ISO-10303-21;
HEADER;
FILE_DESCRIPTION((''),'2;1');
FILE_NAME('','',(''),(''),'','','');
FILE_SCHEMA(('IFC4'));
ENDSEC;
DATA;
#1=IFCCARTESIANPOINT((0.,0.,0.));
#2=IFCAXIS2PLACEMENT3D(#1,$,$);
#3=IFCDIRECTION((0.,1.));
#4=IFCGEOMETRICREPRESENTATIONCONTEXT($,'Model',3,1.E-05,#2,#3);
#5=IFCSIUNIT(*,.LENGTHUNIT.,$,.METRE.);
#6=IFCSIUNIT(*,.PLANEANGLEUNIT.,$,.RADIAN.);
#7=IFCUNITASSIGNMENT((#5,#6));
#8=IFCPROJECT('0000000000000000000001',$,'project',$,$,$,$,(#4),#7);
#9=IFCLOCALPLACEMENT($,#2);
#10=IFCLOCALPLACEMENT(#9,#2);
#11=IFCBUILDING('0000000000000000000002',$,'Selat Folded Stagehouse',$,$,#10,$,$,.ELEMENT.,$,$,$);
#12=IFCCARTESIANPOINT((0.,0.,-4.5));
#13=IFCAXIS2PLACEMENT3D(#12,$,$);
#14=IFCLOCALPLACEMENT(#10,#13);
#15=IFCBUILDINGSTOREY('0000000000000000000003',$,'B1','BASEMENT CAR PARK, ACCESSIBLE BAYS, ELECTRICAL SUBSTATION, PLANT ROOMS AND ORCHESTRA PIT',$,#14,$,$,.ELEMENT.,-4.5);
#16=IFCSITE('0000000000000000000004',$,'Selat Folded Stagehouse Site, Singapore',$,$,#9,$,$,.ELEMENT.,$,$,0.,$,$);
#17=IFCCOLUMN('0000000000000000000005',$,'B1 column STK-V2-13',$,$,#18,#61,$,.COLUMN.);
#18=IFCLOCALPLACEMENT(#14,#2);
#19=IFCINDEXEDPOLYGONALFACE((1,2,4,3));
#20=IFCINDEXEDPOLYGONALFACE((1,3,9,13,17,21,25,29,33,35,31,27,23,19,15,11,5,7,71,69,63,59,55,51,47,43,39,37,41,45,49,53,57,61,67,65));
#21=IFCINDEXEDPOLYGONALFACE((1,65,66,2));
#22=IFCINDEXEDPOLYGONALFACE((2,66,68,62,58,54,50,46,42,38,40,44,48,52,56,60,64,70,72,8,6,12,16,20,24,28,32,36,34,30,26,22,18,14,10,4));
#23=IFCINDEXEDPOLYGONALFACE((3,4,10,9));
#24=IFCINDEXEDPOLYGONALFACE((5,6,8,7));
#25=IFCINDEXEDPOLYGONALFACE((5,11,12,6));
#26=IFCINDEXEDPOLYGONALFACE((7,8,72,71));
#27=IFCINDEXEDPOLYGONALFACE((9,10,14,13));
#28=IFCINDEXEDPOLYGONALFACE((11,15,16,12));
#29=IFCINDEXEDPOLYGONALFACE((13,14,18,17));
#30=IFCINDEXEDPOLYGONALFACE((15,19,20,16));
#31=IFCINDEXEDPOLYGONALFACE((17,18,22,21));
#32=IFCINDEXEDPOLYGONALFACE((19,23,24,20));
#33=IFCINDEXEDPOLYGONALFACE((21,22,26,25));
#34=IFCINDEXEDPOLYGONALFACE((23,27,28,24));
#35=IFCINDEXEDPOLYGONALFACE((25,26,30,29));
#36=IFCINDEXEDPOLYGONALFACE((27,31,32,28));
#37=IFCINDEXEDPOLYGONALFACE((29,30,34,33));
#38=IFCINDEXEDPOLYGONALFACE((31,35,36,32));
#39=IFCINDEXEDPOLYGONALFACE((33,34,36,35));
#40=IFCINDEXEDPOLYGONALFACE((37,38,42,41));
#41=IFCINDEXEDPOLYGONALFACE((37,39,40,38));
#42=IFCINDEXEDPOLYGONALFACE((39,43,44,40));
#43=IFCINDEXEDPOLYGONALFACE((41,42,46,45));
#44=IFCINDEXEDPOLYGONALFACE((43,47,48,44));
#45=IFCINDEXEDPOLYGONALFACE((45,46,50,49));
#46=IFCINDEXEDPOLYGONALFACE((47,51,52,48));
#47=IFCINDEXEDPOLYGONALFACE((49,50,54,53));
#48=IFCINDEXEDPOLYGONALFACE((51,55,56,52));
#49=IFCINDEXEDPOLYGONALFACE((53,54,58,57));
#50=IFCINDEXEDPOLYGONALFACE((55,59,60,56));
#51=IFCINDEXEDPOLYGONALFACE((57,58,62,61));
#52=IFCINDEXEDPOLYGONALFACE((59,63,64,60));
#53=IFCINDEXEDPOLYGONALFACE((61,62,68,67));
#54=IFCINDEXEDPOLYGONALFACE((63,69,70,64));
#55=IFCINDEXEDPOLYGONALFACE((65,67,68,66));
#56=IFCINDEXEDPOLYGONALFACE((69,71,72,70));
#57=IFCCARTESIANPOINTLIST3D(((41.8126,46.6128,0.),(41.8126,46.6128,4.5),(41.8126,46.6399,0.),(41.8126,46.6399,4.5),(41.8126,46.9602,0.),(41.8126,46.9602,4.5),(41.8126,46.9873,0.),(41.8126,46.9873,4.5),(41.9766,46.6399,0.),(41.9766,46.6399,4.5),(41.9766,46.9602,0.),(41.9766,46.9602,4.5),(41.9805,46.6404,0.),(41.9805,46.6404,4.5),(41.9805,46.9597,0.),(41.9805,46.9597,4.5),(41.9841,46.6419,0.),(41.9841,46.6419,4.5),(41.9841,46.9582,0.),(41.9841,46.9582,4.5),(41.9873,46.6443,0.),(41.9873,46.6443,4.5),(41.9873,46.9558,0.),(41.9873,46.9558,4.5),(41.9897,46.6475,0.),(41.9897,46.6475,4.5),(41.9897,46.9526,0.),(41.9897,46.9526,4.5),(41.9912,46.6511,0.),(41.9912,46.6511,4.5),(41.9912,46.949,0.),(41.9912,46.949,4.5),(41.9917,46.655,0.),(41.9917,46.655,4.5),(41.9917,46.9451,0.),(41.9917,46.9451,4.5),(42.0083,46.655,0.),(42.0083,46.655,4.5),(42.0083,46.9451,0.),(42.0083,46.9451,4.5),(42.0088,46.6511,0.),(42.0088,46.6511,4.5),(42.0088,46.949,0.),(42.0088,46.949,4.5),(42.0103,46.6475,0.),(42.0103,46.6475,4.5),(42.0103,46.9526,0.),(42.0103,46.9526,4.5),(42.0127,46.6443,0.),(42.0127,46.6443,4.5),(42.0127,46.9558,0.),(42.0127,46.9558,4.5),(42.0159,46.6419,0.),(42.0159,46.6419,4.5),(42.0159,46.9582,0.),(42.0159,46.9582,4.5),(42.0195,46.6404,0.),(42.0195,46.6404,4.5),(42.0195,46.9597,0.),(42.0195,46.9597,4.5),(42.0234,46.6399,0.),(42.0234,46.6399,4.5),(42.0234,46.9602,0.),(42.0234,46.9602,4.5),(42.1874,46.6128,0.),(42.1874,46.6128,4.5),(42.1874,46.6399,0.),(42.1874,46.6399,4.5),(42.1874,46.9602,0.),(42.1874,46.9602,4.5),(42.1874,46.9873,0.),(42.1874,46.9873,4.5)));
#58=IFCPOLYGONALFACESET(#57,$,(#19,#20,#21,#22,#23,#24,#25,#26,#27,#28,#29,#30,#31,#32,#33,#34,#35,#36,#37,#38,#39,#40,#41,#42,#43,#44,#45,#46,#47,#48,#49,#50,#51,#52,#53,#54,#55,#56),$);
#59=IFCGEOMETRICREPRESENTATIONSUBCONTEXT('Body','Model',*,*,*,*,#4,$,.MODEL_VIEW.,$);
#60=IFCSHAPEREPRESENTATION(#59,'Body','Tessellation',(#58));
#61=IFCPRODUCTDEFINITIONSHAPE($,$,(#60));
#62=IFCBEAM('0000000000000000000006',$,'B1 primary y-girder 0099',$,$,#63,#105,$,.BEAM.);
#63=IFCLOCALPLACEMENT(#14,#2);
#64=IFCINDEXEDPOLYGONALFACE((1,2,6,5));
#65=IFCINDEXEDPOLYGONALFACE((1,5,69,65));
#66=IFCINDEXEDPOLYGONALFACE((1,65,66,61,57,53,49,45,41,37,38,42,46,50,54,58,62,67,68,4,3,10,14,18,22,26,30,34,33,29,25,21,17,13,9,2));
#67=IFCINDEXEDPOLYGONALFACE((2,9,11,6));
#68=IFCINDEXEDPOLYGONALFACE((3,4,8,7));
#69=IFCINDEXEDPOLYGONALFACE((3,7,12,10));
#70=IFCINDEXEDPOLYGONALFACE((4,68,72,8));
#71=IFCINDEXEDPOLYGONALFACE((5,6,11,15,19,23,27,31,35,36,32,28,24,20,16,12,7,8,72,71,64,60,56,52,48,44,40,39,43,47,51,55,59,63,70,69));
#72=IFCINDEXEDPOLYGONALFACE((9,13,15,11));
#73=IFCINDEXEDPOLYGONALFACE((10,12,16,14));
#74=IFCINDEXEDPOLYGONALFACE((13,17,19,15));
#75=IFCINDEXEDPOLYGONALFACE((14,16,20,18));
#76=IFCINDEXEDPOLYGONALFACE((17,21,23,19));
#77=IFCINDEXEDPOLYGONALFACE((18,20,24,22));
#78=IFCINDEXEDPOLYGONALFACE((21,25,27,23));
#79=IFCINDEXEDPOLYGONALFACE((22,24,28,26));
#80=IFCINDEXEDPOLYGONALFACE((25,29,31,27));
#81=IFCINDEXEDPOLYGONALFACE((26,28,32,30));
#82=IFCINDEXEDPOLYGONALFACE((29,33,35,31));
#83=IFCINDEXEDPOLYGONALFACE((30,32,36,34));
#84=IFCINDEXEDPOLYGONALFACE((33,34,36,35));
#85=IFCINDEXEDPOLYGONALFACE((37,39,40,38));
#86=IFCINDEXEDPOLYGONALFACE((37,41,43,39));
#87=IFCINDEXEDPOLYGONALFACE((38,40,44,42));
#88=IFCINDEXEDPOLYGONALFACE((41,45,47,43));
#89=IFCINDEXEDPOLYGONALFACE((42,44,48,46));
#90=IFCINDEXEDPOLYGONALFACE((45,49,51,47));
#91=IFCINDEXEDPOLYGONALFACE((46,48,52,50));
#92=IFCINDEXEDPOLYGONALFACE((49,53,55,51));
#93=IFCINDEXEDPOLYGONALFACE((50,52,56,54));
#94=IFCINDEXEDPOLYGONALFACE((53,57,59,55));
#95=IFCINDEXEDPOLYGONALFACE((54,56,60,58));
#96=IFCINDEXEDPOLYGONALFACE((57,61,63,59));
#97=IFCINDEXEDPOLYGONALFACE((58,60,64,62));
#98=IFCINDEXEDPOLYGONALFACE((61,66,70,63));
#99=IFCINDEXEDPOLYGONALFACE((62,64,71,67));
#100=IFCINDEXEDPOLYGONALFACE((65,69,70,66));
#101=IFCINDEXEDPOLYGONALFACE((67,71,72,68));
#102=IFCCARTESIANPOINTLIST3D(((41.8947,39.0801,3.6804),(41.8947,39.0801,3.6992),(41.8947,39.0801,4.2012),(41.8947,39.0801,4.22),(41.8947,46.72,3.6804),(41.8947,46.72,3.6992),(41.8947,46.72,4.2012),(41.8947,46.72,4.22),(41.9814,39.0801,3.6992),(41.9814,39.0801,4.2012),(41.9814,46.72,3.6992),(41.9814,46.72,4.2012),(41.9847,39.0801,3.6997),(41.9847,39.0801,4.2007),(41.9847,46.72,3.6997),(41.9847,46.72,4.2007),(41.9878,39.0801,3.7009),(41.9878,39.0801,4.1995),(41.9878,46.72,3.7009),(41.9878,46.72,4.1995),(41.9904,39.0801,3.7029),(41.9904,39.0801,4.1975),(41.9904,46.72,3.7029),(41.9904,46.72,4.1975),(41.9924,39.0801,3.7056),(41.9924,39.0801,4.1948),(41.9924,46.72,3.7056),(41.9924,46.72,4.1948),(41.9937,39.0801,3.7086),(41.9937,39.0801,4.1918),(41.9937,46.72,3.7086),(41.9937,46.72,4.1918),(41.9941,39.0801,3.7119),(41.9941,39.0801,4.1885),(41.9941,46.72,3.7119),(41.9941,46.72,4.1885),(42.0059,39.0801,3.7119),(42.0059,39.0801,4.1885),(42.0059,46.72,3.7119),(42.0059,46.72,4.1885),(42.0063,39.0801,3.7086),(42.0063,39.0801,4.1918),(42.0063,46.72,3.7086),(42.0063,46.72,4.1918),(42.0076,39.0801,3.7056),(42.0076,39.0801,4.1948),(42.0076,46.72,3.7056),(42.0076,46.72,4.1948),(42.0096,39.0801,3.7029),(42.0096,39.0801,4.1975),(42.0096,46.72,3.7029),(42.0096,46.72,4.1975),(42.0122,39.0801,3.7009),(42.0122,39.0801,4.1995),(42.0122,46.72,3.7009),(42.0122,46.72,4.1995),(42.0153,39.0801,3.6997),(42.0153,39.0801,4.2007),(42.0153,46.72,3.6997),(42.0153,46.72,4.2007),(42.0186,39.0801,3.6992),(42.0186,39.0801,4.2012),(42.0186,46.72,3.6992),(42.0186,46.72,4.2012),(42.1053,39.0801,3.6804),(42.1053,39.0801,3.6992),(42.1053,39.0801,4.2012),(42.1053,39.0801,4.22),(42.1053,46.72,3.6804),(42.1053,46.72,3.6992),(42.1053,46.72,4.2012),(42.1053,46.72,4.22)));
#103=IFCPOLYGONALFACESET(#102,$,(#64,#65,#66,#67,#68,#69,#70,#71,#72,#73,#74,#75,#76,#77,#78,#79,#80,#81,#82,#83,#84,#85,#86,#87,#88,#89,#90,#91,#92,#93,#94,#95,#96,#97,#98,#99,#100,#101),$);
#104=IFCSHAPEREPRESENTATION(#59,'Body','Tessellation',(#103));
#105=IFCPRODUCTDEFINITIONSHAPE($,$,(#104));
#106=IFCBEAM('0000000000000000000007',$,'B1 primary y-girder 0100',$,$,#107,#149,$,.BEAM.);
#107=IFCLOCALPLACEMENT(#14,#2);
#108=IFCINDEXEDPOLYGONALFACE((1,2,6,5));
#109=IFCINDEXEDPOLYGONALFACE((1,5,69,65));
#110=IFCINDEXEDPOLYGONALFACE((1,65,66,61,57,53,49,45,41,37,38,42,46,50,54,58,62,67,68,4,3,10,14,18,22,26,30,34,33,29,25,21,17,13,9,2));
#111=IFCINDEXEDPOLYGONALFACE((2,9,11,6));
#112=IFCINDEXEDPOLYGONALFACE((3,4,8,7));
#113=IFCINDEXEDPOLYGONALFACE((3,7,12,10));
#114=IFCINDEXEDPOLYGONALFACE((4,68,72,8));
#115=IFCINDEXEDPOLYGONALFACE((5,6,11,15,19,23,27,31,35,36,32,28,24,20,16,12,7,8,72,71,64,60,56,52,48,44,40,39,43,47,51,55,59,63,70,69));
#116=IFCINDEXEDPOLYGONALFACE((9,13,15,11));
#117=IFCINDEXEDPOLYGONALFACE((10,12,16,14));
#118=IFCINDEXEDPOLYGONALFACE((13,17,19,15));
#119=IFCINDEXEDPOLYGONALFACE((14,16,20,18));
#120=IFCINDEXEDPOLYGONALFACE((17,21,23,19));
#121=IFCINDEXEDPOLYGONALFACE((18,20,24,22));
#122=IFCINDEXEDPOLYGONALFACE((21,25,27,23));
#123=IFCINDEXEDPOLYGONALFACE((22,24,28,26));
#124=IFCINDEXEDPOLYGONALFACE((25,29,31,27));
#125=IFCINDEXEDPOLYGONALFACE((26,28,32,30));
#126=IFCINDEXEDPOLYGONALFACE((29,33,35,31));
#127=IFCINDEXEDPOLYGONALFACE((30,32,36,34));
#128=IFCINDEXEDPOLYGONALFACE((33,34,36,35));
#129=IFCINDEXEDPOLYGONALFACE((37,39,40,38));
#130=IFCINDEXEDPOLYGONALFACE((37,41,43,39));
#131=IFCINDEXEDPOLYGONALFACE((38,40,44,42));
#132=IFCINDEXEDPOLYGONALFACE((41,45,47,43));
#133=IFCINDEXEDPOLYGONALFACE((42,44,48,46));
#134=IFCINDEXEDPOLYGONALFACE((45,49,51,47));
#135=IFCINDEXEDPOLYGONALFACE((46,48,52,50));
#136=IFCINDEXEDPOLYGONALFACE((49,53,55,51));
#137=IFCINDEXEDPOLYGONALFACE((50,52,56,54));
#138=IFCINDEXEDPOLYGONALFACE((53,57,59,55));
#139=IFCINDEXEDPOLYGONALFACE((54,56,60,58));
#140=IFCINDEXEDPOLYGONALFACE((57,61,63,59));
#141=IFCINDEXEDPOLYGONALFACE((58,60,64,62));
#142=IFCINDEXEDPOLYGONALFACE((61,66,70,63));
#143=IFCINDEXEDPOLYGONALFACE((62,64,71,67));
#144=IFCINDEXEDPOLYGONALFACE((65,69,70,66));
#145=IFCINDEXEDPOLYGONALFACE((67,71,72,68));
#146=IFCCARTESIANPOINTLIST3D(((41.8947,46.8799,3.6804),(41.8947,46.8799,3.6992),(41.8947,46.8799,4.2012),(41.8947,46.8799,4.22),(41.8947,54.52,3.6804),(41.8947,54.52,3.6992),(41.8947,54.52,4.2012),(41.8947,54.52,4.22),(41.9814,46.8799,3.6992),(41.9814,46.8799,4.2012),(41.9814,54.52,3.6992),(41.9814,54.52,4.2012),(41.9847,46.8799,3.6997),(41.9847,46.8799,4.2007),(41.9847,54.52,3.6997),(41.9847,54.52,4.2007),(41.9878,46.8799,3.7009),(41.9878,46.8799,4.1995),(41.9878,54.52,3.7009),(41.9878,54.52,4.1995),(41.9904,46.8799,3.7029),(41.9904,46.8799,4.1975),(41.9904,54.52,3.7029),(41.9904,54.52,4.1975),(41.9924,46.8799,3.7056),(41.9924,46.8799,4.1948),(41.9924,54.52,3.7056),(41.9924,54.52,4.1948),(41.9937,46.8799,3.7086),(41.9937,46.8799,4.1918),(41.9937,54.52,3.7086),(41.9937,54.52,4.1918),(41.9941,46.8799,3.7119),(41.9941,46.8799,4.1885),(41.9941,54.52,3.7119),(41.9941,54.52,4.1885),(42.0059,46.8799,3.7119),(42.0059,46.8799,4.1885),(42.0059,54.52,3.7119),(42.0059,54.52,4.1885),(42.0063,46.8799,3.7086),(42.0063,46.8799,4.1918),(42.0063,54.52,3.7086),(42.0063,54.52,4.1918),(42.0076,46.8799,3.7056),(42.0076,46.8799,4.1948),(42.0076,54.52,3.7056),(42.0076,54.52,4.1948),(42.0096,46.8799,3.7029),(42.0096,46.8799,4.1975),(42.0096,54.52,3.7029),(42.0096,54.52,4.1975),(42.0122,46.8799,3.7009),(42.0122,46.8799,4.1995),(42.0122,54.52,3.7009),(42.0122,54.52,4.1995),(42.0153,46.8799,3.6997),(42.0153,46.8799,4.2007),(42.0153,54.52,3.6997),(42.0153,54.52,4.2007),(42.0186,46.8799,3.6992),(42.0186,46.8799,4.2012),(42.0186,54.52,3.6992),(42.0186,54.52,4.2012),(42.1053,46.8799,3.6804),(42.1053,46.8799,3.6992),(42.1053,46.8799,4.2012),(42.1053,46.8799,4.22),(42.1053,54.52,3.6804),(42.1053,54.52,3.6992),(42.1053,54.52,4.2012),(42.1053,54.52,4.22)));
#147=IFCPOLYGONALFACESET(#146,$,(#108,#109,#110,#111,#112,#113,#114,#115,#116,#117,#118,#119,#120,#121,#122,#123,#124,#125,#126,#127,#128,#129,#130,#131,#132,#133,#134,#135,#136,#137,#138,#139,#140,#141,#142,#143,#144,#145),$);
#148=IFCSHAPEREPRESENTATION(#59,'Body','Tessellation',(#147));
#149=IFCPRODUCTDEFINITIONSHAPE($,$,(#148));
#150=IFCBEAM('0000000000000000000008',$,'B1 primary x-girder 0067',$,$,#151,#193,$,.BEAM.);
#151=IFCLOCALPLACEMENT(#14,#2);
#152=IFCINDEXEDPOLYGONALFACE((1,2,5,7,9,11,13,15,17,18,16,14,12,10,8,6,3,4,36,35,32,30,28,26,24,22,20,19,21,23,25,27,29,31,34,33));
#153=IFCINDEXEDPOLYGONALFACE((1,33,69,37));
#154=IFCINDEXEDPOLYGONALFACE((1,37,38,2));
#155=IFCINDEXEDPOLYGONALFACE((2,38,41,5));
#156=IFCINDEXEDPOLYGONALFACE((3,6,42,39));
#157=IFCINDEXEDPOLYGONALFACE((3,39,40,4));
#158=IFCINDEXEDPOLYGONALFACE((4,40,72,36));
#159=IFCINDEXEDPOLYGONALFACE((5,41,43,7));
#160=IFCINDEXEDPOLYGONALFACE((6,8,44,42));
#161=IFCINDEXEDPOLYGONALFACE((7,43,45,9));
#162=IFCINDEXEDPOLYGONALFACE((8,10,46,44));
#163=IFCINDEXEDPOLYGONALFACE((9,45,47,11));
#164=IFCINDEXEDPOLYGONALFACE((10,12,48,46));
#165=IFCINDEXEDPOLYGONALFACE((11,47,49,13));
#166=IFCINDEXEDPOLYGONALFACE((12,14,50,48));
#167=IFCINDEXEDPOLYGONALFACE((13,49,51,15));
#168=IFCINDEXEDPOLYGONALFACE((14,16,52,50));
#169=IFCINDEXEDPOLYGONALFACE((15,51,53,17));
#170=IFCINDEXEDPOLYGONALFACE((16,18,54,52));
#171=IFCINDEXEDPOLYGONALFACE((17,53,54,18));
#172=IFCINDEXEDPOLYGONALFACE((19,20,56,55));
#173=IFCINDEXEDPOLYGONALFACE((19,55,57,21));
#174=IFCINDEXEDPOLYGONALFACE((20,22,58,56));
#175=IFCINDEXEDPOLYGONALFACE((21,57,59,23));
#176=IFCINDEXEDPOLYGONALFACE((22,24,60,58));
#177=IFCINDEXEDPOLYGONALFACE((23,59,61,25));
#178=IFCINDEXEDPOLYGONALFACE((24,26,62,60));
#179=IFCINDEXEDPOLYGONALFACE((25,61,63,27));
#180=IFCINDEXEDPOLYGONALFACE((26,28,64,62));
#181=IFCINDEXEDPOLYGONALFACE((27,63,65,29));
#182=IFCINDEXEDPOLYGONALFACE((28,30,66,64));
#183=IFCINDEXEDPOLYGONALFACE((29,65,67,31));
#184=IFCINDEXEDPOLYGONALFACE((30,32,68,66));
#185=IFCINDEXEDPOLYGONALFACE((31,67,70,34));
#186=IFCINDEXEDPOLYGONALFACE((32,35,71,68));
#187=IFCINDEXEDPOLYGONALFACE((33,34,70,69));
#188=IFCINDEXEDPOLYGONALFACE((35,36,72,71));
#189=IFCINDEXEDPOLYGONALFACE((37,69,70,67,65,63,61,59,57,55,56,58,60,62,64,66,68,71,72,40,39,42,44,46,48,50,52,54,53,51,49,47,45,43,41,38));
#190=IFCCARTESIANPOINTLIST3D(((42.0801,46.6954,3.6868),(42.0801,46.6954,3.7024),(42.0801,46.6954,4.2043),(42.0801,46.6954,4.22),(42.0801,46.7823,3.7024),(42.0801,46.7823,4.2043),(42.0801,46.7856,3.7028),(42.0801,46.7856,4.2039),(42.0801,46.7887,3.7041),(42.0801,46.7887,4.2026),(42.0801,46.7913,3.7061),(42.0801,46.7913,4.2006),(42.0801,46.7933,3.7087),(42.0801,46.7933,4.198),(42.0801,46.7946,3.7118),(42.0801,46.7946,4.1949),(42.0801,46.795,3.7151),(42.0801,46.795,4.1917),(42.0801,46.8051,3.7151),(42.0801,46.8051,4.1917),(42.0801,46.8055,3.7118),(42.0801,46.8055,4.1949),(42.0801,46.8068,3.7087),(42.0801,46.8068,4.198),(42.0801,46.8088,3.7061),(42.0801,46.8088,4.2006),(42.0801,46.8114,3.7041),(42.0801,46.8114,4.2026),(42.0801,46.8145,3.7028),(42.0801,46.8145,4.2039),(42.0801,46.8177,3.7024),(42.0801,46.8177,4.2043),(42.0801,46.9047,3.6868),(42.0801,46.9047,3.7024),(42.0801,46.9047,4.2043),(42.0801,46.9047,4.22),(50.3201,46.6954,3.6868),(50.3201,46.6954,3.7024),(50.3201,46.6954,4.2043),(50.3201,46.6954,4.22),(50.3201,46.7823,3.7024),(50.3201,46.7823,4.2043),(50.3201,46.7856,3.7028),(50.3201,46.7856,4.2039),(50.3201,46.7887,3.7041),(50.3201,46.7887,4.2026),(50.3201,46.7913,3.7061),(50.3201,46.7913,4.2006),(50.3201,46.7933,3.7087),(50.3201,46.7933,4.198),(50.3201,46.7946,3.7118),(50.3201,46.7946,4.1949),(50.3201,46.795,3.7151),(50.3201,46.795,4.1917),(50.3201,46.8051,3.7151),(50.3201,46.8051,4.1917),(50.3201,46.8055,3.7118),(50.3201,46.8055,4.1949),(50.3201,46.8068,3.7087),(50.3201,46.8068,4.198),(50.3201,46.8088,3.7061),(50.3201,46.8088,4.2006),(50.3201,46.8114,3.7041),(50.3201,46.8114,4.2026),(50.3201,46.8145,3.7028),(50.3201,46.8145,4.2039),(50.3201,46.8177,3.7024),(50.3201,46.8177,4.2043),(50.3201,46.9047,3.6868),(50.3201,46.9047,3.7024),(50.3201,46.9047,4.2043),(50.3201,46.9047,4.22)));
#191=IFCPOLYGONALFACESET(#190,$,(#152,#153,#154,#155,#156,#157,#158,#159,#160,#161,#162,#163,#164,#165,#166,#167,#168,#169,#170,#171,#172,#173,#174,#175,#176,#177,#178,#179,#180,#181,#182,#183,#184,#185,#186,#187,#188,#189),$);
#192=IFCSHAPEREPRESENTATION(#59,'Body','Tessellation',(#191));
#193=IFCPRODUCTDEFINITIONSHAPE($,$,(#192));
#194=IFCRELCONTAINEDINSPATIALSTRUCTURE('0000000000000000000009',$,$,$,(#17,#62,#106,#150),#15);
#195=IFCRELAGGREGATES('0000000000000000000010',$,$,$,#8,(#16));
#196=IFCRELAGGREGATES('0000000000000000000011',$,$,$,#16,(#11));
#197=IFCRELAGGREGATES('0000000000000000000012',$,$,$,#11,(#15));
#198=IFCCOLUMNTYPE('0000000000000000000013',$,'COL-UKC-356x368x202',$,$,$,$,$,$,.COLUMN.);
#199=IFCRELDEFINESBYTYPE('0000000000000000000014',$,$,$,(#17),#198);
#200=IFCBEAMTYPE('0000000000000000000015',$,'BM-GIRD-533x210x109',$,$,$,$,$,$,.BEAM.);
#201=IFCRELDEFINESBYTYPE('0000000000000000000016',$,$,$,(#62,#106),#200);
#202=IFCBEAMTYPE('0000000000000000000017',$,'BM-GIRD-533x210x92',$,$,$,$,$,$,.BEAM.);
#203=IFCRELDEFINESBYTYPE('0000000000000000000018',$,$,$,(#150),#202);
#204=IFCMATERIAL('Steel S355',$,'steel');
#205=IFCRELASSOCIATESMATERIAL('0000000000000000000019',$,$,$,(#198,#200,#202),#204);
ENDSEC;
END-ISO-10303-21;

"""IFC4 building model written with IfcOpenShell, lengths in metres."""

from ifc_helpers import new_model, si_unit, direction, frame, origin, origin_2d, place, context, subcontext, project, spatial, i_section, extrude, material, material_profile, profile_set, type_object, element, save


model = new_model("IFC4")

# Units and contexts
model_context = context("Model", 3, precision=1e-05, world=origin(), true_north=direction((0.0, 1.0)))
body_context = subcontext(model_context, "Body", "Model", "MODEL_VIEW")
ifc_project = project(units=[si_unit("LENGTHUNIT", "METRE"), si_unit("PLANEANGLEUNIT", "RADIAN")], contexts=[model_context])

# Site, building, storey
site_placement = place(None, origin())
site = spatial("IfcSite", under=ifc_project, at=site_placement, Name="Selat Folded Stagehouse Site, Singapore", CompositionType="ELEMENT", RefElevation=0.0)
building_placement = place(site_placement, origin())
building = spatial("IfcBuilding", under=site, at=building_placement, Name="Selat Folded Stagehouse", CompositionType="ELEMENT")
storey_placement = place(building_placement, frame((0.0, 0.0, -4.5)))
storey = spatial("IfcBuildingStorey", under=building, at=storey_placement, Name="B1", Description="BASEMENT CAR PARK, ACCESSIBLE BAYS, ELECTRICAL SUBSTATION, PLANT ROOMS AND ORCHESTRA PIT", CompositionType="ELEMENT", Elevation=-4.5)

# Column
ifc_material_1 = material(Name="Steel S355", Category="steel")
ifc_material_profile_1 = material_profile(ifc_material_1, i_section(OverallWidth=0.3748, OverallDepth=0.3745, WebThickness=0.0166, FlangeThickness=0.0271, FilletRadius=0.0151, at=origin_2d()), Name="UKC 356x368x202")
ifc_profile_set_1 = profile_set([ifc_material_profile_1], Name="Steel S355")
column_type = type_object("IfcColumnType", Name="COL-UKC-356x368x202", PredefinedType="COLUMN", material=ifc_profile_set_1)
for number, where, z_axis, x_axis, name in (
    (1, (42.0, 46.8, 0.0), (0.0, 0.0, 1.0), (1.0, 0.0, 0.0), "B1 column STK-V2-13"),
):
    element("IfcColumn", number, at=place(storey_placement, frame(where, z_axis=z_axis, x_axis=x_axis)), inside=storey, type_object=column_type, Name=name, PredefinedType="COLUMN", context=body_context, shape_type="SweptSolid", body=[
        extrude(i_section(OverallWidth=0.3748, OverallDepth=0.3745, WebThickness=0.0166, FlangeThickness=0.0271, FilletRadius=0.0151, at=origin_2d()), origin(), (0.0, 0.0, 1.0), 4.5),
    ])

# Beams
ifc_material_profile_2 = material_profile(ifc_material_1, i_section(OverallWidth=0.2107, OverallDepth=0.5396, WebThickness=0.0117, FlangeThickness=0.0188, FilletRadius=0.0127, at=origin_2d()), Name="UKB 533x210x109")
ifc_profile_set_2 = profile_set([ifc_material_profile_2], Name="Steel S355")
beam_type_1 = type_object("IfcBeamType", Name="BM-GIRD-533x210x109", PredefinedType="BEAM", material=ifc_profile_set_2)
beam_1_placement = place(storey_placement, frame((42.0, 39.0801, 3.9502), z_axis=(0.0, 1.0, 0.0), x_axis=(-1.0, 0.0, 0.0)))
element("IfcBeam", 2, at=beam_1_placement, inside=storey, type_object=beam_type_1, Name="B1 primary y-girder 0099", PredefinedType="BEAM", context=body_context, shape_type="SweptSolid", body=[
    extrude(i_section(OverallWidth=0.2107, OverallDepth=0.5396, WebThickness=0.0117, FlangeThickness=0.0188, FilletRadius=0.0127, at=origin_2d()), origin(), (0.0, 0.0, 1.0), 7.6399),
])
beam_2_placement = place(storey_placement, frame((42.0, 46.8799, 3.9502), z_axis=(0.0, 1.0, 0.0), x_axis=(-1.0, 0.0, 0.0)))
element("IfcBeam", 3, at=beam_2_placement, inside=storey, type_object=beam_type_1, Name="B1 primary y-girder 0100", PredefinedType="BEAM", context=body_context, shape_type="SweptSolid", body=[
    extrude(i_section(OverallWidth=0.2107, OverallDepth=0.5396, WebThickness=0.0117, FlangeThickness=0.0188, FilletRadius=0.0127, at=origin_2d()), origin(), (0.0, 0.0, 1.0), 7.6401),
])
ifc_material_profile_3 = material_profile(ifc_material_1, i_section(OverallWidth=0.2092, OverallDepth=0.5332, WebThickness=0.01, FlangeThickness=0.0156, FilletRadius=0.0127, at=origin_2d()), Name="UKB 533x210x92")
ifc_profile_set_3 = profile_set([ifc_material_profile_3], Name="Steel S355")
beam_type_2 = type_object("IfcBeamType", Name="BM-GIRD-533x210x92", PredefinedType="BEAM", material=ifc_profile_set_3)
beam_3_placement = place(storey_placement, frame((42.0801, 46.8, 3.9534), z_axis=(1.0, 0.0, 0.0), x_axis=(0.0, 1.0, 0.0)))
element("IfcBeam", 4, at=beam_3_placement, inside=storey, type_object=beam_type_2, Name="B1 primary x-girder 0067", PredefinedType="BEAM", context=body_context, shape_type="SweptSolid", body=[
    extrude(i_section(OverallWidth=0.2092, OverallDepth=0.5332, WebThickness=0.01, FlangeThickness=0.0156, FilletRadius=0.0127, at=origin_2d()), origin(), (0.0, 0.0, 1.0), 8.24),
])

save(model, "model.ifc")
